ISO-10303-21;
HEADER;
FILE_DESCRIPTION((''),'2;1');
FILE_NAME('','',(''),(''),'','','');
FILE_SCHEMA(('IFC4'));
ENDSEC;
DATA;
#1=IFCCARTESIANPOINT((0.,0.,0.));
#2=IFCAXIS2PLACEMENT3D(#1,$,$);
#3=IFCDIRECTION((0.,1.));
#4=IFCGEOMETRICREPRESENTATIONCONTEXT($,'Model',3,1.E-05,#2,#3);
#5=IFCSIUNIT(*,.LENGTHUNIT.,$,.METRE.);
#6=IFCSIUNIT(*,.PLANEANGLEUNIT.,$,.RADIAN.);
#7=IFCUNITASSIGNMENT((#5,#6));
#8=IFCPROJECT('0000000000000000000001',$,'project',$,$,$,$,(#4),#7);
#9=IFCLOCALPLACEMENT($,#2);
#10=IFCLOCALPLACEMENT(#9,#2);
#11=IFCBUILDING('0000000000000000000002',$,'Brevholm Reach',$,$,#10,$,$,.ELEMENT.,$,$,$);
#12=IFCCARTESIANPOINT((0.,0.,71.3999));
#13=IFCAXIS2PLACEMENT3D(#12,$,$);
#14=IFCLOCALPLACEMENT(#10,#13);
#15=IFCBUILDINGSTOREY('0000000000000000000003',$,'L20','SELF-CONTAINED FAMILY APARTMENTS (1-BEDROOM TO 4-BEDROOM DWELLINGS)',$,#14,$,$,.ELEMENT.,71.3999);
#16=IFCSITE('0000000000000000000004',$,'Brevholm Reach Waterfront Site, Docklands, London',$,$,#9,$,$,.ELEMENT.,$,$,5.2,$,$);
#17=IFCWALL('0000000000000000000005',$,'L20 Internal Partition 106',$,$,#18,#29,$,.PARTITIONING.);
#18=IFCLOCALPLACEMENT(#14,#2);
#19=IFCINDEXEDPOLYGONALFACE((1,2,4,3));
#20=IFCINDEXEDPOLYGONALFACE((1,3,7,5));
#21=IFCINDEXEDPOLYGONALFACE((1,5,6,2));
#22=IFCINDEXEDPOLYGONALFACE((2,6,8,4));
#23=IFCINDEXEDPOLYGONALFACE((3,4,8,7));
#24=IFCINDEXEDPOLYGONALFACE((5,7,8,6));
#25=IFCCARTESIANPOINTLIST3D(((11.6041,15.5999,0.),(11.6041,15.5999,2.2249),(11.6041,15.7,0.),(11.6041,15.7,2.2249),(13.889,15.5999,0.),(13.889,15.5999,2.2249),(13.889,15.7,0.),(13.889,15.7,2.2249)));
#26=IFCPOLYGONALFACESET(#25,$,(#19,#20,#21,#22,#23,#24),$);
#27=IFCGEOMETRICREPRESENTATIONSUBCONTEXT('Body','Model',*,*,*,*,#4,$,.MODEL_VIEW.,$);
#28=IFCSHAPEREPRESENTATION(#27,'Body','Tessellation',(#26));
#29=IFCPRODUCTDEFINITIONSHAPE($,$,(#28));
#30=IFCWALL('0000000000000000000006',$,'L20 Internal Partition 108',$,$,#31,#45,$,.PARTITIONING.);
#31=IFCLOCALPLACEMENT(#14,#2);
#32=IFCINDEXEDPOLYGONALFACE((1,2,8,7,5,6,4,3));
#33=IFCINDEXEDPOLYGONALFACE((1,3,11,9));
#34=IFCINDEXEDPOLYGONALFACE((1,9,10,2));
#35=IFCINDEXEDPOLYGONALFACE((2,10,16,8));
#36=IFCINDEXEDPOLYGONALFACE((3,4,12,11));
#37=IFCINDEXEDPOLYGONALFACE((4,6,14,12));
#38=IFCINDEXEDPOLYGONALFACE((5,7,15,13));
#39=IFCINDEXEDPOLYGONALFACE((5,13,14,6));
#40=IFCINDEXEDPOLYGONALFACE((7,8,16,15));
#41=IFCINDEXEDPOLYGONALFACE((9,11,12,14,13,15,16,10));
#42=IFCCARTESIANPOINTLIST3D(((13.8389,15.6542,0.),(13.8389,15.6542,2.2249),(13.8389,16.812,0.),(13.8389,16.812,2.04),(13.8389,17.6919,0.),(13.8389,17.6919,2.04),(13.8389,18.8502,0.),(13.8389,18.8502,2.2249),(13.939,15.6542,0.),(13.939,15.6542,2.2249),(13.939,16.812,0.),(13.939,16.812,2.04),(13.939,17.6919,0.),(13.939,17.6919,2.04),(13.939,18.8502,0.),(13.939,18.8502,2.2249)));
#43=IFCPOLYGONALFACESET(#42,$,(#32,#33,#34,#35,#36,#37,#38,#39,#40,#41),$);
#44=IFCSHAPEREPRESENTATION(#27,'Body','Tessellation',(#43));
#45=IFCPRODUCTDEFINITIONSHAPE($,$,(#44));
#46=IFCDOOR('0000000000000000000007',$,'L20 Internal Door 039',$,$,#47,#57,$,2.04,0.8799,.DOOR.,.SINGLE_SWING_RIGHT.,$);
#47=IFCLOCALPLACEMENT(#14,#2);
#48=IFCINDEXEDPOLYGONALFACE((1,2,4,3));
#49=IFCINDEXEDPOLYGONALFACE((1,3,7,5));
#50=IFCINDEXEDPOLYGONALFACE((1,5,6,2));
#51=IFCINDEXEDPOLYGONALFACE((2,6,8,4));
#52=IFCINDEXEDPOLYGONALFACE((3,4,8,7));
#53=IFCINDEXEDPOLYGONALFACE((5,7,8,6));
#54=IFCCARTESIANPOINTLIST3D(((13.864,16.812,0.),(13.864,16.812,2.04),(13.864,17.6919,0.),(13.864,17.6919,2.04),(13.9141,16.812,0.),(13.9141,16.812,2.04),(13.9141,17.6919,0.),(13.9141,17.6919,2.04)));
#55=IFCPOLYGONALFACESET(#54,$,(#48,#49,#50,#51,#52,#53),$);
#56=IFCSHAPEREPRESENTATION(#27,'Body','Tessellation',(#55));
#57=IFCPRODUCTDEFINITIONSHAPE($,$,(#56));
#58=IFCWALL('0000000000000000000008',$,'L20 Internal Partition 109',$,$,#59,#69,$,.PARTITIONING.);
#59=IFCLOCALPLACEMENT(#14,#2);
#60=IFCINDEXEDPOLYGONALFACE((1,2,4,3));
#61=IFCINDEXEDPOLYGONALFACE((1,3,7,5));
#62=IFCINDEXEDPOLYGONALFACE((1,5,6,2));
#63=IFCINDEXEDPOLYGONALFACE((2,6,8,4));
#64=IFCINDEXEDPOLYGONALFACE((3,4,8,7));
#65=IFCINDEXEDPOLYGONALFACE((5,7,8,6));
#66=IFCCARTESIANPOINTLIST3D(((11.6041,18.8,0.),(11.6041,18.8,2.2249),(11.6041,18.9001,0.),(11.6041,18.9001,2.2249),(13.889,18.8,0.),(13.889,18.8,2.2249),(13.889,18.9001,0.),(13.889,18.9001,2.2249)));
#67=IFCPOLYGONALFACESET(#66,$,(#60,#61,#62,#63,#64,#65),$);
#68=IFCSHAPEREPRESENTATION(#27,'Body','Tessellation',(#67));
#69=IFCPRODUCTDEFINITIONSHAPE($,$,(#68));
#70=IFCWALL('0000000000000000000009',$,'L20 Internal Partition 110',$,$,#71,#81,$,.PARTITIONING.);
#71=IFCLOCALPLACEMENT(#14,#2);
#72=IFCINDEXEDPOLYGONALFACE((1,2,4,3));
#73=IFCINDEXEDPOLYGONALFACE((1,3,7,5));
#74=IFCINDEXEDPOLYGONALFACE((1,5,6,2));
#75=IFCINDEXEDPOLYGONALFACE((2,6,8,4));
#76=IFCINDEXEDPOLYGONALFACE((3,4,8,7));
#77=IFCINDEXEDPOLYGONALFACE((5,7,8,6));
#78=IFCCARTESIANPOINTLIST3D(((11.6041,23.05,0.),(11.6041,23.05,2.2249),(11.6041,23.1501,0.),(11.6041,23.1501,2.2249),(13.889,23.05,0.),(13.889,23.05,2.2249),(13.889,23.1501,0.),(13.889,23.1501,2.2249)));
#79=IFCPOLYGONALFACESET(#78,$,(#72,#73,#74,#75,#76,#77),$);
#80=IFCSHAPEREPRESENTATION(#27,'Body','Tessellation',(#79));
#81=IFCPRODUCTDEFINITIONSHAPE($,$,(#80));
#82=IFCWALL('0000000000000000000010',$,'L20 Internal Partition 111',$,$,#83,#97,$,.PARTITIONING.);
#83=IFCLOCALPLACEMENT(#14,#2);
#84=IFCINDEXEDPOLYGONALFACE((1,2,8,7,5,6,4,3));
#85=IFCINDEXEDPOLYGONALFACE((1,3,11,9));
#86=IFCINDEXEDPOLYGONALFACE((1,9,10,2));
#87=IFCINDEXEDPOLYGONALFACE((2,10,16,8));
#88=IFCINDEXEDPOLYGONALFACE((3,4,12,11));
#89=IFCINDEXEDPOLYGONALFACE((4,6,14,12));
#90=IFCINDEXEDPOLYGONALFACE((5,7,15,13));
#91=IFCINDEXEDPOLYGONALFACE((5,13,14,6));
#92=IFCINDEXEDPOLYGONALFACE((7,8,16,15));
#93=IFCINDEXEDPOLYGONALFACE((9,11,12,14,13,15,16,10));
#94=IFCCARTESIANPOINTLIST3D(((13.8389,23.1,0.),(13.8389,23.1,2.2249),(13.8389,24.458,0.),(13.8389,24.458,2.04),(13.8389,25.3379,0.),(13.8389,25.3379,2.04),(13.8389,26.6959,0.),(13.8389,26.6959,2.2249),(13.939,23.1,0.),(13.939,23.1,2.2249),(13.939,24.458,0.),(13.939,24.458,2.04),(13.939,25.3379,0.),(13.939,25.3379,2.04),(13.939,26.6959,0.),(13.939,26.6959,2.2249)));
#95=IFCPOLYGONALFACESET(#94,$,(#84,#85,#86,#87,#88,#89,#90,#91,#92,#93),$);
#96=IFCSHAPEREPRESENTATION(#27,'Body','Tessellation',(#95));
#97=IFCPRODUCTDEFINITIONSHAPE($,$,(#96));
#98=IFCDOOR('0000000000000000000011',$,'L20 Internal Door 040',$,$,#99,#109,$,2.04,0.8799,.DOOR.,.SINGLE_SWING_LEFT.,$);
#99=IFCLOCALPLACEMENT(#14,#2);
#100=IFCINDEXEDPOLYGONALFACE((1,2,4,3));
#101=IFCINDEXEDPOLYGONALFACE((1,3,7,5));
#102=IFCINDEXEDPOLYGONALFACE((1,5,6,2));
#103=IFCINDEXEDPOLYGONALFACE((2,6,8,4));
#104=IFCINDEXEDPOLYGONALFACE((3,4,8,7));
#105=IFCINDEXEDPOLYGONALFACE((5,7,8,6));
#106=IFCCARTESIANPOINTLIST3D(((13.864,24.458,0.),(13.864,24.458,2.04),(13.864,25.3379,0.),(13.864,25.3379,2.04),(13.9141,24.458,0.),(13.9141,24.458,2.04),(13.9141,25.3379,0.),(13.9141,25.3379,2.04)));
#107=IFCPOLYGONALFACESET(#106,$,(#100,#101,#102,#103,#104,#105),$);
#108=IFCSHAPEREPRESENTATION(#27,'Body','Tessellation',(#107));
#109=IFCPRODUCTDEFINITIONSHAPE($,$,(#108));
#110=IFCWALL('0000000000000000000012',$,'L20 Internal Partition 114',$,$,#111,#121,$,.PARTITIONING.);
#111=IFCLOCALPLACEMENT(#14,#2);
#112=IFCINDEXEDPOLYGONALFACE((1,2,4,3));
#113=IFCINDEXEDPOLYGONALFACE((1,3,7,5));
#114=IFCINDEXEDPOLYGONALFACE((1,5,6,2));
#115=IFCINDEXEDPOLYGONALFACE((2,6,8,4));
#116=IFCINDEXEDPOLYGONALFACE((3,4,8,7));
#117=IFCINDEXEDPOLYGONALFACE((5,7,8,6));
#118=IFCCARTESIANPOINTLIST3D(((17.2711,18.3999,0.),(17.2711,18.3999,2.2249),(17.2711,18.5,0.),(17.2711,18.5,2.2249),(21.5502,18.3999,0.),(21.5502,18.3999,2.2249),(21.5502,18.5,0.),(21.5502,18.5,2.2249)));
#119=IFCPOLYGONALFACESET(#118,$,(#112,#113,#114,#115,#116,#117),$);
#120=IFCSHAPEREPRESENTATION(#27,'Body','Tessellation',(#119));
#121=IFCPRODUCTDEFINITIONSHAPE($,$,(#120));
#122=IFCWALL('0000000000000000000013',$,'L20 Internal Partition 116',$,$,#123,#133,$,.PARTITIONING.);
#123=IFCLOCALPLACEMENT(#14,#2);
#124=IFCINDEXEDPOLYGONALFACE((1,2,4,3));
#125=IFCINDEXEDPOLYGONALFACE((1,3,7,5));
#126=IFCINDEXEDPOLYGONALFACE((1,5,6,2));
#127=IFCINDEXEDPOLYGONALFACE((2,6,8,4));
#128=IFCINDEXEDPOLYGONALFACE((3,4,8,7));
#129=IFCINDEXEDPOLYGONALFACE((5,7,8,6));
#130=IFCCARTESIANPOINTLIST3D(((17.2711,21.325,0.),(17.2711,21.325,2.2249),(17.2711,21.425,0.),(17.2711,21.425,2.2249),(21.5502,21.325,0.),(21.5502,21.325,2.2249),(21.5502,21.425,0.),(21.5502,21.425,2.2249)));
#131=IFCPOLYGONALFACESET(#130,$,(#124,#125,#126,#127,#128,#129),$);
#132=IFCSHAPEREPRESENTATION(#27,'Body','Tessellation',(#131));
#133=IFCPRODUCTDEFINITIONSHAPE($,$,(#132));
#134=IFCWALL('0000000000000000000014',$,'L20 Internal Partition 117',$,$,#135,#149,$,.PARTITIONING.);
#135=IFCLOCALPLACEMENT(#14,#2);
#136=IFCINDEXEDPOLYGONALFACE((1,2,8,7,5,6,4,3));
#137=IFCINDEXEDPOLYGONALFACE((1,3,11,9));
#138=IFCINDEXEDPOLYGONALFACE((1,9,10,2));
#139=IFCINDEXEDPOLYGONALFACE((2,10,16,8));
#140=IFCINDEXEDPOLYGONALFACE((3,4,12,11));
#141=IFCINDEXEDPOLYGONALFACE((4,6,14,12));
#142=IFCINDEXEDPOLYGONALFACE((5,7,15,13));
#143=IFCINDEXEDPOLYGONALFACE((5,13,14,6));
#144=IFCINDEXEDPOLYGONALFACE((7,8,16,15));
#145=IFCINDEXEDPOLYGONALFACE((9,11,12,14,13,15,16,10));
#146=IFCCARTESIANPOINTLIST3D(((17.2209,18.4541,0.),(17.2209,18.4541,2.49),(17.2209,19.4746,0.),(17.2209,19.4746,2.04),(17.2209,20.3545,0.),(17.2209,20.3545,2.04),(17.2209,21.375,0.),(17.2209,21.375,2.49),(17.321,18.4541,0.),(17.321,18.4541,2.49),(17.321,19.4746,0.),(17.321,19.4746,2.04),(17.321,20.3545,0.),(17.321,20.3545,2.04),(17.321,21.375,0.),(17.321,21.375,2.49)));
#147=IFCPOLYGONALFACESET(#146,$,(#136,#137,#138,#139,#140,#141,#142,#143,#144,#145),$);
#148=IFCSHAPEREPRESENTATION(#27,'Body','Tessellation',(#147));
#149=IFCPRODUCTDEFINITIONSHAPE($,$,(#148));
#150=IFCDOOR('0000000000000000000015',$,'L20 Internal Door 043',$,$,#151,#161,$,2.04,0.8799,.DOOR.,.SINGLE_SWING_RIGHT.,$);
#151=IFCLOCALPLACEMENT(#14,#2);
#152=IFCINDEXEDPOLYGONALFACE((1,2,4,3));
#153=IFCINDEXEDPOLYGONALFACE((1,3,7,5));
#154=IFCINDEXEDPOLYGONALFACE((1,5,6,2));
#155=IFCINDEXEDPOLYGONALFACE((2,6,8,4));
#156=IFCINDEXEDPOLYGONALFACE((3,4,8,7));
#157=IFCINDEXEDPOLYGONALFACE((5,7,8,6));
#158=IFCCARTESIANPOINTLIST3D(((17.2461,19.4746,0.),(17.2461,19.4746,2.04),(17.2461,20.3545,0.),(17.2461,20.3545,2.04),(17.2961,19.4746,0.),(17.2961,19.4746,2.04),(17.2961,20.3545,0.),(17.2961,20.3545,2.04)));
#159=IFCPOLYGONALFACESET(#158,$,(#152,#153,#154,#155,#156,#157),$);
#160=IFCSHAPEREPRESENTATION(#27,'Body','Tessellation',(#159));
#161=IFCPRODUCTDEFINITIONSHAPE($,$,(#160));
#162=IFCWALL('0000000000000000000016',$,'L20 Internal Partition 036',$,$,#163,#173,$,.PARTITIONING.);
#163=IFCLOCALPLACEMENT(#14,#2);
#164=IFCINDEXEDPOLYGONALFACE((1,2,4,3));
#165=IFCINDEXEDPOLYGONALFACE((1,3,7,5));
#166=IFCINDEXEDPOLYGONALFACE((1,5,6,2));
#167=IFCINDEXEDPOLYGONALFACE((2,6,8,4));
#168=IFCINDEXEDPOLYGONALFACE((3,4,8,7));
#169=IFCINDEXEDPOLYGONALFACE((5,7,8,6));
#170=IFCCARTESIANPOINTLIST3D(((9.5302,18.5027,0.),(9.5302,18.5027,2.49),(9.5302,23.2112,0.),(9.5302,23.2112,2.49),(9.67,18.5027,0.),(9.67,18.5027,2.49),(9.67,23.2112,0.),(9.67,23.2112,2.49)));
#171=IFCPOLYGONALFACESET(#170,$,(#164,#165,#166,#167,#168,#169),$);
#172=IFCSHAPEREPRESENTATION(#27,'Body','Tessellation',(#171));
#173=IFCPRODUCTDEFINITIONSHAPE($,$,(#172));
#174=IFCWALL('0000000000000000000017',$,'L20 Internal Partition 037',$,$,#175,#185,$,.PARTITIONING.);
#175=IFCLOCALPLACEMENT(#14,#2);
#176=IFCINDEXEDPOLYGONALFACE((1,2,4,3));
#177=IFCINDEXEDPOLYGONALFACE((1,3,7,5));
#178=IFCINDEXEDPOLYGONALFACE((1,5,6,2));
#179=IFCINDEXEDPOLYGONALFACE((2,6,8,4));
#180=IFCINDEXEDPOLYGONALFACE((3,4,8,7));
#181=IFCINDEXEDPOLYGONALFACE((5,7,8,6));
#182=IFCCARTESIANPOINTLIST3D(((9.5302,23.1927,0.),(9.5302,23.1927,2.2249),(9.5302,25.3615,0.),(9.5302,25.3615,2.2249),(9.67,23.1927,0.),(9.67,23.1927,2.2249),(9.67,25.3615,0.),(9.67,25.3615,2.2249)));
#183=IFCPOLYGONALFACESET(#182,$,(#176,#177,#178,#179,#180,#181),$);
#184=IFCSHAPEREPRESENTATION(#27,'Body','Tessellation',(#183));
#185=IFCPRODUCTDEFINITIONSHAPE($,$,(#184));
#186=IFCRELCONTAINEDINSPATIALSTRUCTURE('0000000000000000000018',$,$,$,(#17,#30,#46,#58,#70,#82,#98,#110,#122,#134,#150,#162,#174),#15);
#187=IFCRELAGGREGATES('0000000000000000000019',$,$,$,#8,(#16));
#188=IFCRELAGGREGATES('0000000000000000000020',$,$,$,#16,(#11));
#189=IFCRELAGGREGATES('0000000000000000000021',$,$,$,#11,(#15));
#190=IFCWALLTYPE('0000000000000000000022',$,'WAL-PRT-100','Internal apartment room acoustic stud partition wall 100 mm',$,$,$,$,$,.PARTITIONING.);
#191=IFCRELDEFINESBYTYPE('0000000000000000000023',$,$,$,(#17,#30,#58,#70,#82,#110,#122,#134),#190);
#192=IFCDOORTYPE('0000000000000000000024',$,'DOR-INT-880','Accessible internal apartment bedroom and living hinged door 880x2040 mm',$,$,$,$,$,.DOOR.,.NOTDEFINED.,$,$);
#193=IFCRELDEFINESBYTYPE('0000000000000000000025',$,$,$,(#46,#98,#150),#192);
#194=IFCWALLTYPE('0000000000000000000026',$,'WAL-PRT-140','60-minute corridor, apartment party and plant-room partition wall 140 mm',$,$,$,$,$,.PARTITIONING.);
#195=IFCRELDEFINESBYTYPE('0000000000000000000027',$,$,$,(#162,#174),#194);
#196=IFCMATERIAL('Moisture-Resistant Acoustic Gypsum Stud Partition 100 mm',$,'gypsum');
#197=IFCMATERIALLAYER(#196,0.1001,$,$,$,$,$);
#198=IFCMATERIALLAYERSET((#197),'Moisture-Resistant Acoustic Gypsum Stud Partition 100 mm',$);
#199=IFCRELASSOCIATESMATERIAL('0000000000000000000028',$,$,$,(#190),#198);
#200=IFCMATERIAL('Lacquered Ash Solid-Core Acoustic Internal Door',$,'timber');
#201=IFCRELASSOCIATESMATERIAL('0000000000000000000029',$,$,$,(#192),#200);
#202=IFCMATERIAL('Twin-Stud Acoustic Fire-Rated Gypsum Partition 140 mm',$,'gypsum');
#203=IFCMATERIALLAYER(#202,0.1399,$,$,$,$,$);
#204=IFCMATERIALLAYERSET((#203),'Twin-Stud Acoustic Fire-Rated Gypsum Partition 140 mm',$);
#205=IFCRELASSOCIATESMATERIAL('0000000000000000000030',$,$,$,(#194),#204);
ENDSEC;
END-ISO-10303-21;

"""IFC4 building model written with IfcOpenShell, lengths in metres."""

from ifc_helpers import new_model, si_unit, direction, frame, frame_2d, origin, place, context, subcontext, project, spatial, rectangle, extrude, material, layer, layer_set, type_object, element, fill, save


model = new_model("IFC4")

# Units and contexts
model_context = context("Model", 3, precision=1e-05, world=origin(), true_north=direction((0.0, 1.0)))
body_context = subcontext(model_context, "Body", "Model", "MODEL_VIEW")
ifc_project = project(units=[si_unit("LENGTHUNIT", "METRE"), si_unit("PLANEANGLEUNIT", "RADIAN")], contexts=[model_context])

# Site, building, storey
site_placement = place(None, origin())
site = spatial("IfcSite", under=ifc_project, at=site_placement, Name="Brevholm Reach Waterfront Site, Docklands, London", CompositionType="ELEMENT", RefElevation=5.2)
building_placement = place(site_placement, origin())
building = spatial("IfcBuilding", under=site, at=building_placement, Name="Brevholm Reach", CompositionType="ELEMENT")
storey_placement = place(building_placement, frame((0.0, 0.0, 71.3999)))
storey = spatial("IfcBuildingStorey", under=building, at=storey_placement, Name="L20", Description="SELF-CONTAINED FAMILY APARTMENTS (1-BEDROOM TO 4-BEDROOM DWELLINGS)", CompositionType="ELEMENT", Elevation=71.3999)

# Wall
ifc_material_1 = material(Name="Moisture-Resistant Acoustic Gypsum Stud Partition 100 mm", Category="gypsum")
ifc_layer_1 = layer(ifc_material_1, 0.1001)
ifc_layer_set_1 = layer_set([ifc_layer_1], Name="Moisture-Resistant Acoustic Gypsum Stud Partition 100 mm")
wall_type_1 = type_object("IfcWallType", Name="WAL-PRT-100", Description="Internal apartment room acoustic stud partition wall 100 mm", PredefinedType="PARTITIONING", material=ifc_layer_set_1)
wall_1_placement = place(storey_placement, frame((11.604, 15.6499, 0.0), z_axis=(0.0, 0.0, 1.0), x_axis=(1.0, 0.0, 0.0)))
element("IfcWall", 1, at=wall_1_placement, inside=storey, type_object=wall_type_1, Name="L20 Internal Partition 106", PredefinedType="PARTITIONING", context=body_context, shape_type="SweptSolid", body=[
    extrude(rectangle(XDim=2.2849, YDim=0.1001, at=frame_2d((1.1426, 0.0))), origin(), (0.0, 0.0, 1.0), 2.2249),
])

# Wall, opening, door
wall_2_placement = place(storey_placement, frame((13.8889, 15.6541, 0.0), z_axis=(0.0, 0.0, 1.0), x_axis=(0.0, 1.0, 0.0)))
wall_2 = element("IfcWall", 2, at=wall_2_placement, inside=storey, type_object=wall_type_1, Name="L20 Internal Partition 108", PredefinedType="PARTITIONING", context=body_context, shape_type="SweptSolid", body=[
    extrude(rectangle(XDim=3.196, YDim=0.1001, at=frame_2d((1.5981, 0.0))), origin(), (0.0, 0.0, 1.0), 2.2249),
])
opening_1_placement = place(wall_2_placement, frame((1.158, 0.0, 0.0)))
opening_1 = element("IfcOpeningElement", 3, at=opening_1_placement, cuts=wall_2, PredefinedType="OPENING", context=body_context, shape_type="SweptSolid", body=[
    extrude(rectangle(XDim=0.8799, YDim=2.04, at=frame_2d((0.4399, 1.02))), frame((0.0, 0.0601, 0.0), z_axis=(0.0, -1.0, 0.0), x_axis=(1.0, 0.0, 0.0)), (0.0, 0.0, 1.0), 0.1201),
])
ifc_material_2 = material(Name="Lacquered Ash Solid-Core Acoustic Internal Door", Category="timber")
door_type_1 = type_object("IfcDoorType", Name="DOR-INT-880", Description="Accessible internal apartment bedroom and living hinged door 880x2040 mm", OperationType="NOTDEFINED", PredefinedType="DOOR", material=ifc_material_2)
door_1_placement = place(opening_1_placement, origin())
door_1 = element("IfcDoor", 4, at=door_1_placement, inside=storey, type_object=door_type_1, Name="L20 Internal Door 039", OperationType="SINGLE_SWING_RIGHT", OverallHeight=2.04, OverallWidth=0.8799, PredefinedType="DOOR", context=body_context, shape_type="SweptSolid", body=[
    extrude(rectangle(XDim=0.8799, YDim=2.04, at=frame_2d((0.4399, 1.02))), frame((0.0, 0.0249, 0.0), z_axis=(0.0, -1.0, 0.0), x_axis=(1.0, 0.0, 0.0)), (0.0, 0.0, 1.0), 0.05),
])
fill(opening_1, door_1)

# Walls
for number, where, z_axis, x_axis, name in (
    (5, (11.604, 18.8501, 0.0), (0.0, 0.0, 1.0), (1.0, 0.0, 0.0), "L20 Internal Partition 109"),
    (6, (11.604, 23.1001, 0.0), (0.0, 0.0, 1.0), (1.0, 0.0, 0.0), "L20 Internal Partition 110"),
):
    element("IfcWall", number, at=place(storey_placement, frame(where, z_axis=z_axis, x_axis=x_axis)), inside=storey, type_object=wall_type_1, Name=name, PredefinedType="PARTITIONING", context=body_context, shape_type="SweptSolid", body=[
        extrude(rectangle(XDim=2.2849, YDim=0.1001, at=frame_2d((1.1426, 0.0))), origin(), (0.0, 0.0, 1.0), 2.2249),
    ])

# Wall, opening, door
wall_3_placement = place(storey_placement, frame((13.8889, 23.1001, 0.0), z_axis=(0.0, 0.0, 1.0), x_axis=(0.0, 1.0, 0.0)))
wall_3 = element("IfcWall", 7, at=wall_3_placement, inside=storey, type_object=wall_type_1, Name="L20 Internal Partition 111", PredefinedType="PARTITIONING", context=body_context, shape_type="SweptSolid", body=[
    extrude(rectangle(XDim=3.5959, YDim=0.1001, at=frame_2d((1.7979, 0.0))), origin(), (0.0, 0.0, 1.0), 2.2249),
])
opening_2_placement = place(wall_3_placement, frame((1.3579, 0.0, 0.0)))
opening_2 = element("IfcOpeningElement", 8, at=opening_2_placement, cuts=wall_3, PredefinedType="OPENING", context=body_context, shape_type="SweptSolid", body=[
    extrude(rectangle(XDim=0.8799, YDim=2.04, at=frame_2d((0.4399, 1.02))), frame((0.0, 0.0601, 0.0), z_axis=(0.0, -1.0, 0.0), x_axis=(1.0, 0.0, 0.0)), (0.0, 0.0, 1.0), 0.1201),
])
door_2_placement = place(opening_2_placement, origin())
door_2 = element("IfcDoor", 9, at=door_2_placement, inside=storey, type_object=door_type_1, Name="L20 Internal Door 040", OperationType="SINGLE_SWING_LEFT", OverallHeight=2.04, OverallWidth=0.8799, PredefinedType="DOOR", context=body_context, shape_type="SweptSolid", body=[
    extrude(rectangle(XDim=0.8799, YDim=2.04, at=frame_2d((0.4399, 1.02))), frame((0.0, 0.0249, 0.0), z_axis=(0.0, -1.0, 0.0), x_axis=(1.0, 0.0, 0.0)), (0.0, 0.0, 1.0), 0.05),
])
fill(opening_2, door_2)

# Walls
for number, where, z_axis, x_axis, name in (
    (10, (17.271, 18.45, 0.0), (0.0, 0.0, 1.0), (1.0, 0.0, 0.0), "L20 Internal Partition 114"),
    (11, (17.271, 21.375, 0.0), (0.0, 0.0, 1.0), (1.0, 0.0, 0.0), "L20 Internal Partition 116"),
):
    element("IfcWall", number, at=place(storey_placement, frame(where, z_axis=z_axis, x_axis=x_axis)), inside=storey, type_object=wall_type_1, Name=name, PredefinedType="PARTITIONING", context=body_context, shape_type="SweptSolid", body=[
        extrude(rectangle(XDim=4.2791, YDim=0.1001, at=frame_2d((2.1396, 0.0))), origin(), (0.0, 0.0, 1.0), 2.2249),
    ])

# Wall, opening, door
wall_4_placement = place(storey_placement, frame((17.271, 18.4541, 0.0), z_axis=(0.0, 0.0, 1.0), x_axis=(0.0, 1.0, 0.0)))
wall_4 = element("IfcWall", 12, at=wall_4_placement, inside=storey, type_object=wall_type_1, Name="L20 Internal Partition 117", PredefinedType="PARTITIONING", context=body_context, shape_type="SweptSolid", body=[
    extrude(rectangle(XDim=2.9209, YDim=0.1001, at=frame_2d((1.4604, 0.0))), origin(), (0.0, 0.0, 1.0), 2.49),
])
opening_3_placement = place(wall_4_placement, frame((1.0205, 0.0, 0.0)))
opening_3 = element("IfcOpeningElement", 13, at=opening_3_placement, cuts=wall_4, PredefinedType="OPENING", context=body_context, shape_type="SweptSolid", body=[
    extrude(rectangle(XDim=0.8799, YDim=2.04, at=frame_2d((0.4399, 1.02))), frame((0.0, 0.0601, 0.0), z_axis=(0.0, -1.0, 0.0), x_axis=(1.0, 0.0, 0.0)), (0.0, 0.0, 1.0), 0.1201),
])
door_3_placement = place(opening_3_placement, origin())
door_3 = element("IfcDoor", 14, at=door_3_placement, inside=storey, type_object=door_type_1, Name="L20 Internal Door 043", OperationType="SINGLE_SWING_RIGHT", OverallHeight=2.04, OverallWidth=0.8799, PredefinedType="DOOR", context=body_context, shape_type="SweptSolid", body=[
    extrude(rectangle(XDim=0.8799, YDim=2.04, at=frame_2d((0.4399, 1.02))), frame((0.0, 0.0249, 0.0), z_axis=(0.0, -1.0, 0.0), x_axis=(1.0, 0.0, 0.0)), (0.0, 0.0, 1.0), 0.05),
])
fill(opening_3, door_3)

# Walls
ifc_material_3 = material(Name="Twin-Stud Acoustic Fire-Rated Gypsum Partition 140 mm", Category="gypsum")
ifc_layer_2 = layer(ifc_material_3, 0.1399)
ifc_layer_set_2 = layer_set([ifc_layer_2], Name="Twin-Stud Acoustic Fire-Rated Gypsum Partition 140 mm")
wall_type_2 = type_object("IfcWallType", Name="WAL-PRT-140", Description="60-minute corridor, apartment party and plant-room partition wall 140 mm", PredefinedType="PARTITIONING", material=ifc_layer_set_2)
wall_5_placement = place(storey_placement, frame((9.6001, 18.5027, 0.0), z_axis=(0.0, 0.0, 1.0), x_axis=(0.0, 1.0, 0.0)))
element("IfcWall", 15, at=wall_5_placement, inside=storey, type_object=wall_type_2, Name="L20 Internal Partition 036", PredefinedType="PARTITIONING", context=body_context, shape_type="SweptSolid", body=[
    extrude(rectangle(XDim=4.7085, YDim=0.1399, at=frame_2d((2.3542, 0.0))), origin(), (0.0, 0.0, 1.0), 2.49),
])
wall_6_placement = place(storey_placement, frame((9.6001, 23.1926, 0.0), z_axis=(0.0, 0.0, 1.0), x_axis=(0.0, 1.0, 0.0)))
element("IfcWall", 16, at=wall_6_placement, inside=storey, type_object=wall_type_2, Name="L20 Internal Partition 037", PredefinedType="PARTITIONING", context=body_context, shape_type="SweptSolid", body=[
    extrude(rectangle(XDim=2.1687, YDim=0.1399, at=frame_2d((1.0845, 0.0))), origin(), (0.0, 0.0, 1.0), 2.2249),
])

save(model, "model.ifc")
